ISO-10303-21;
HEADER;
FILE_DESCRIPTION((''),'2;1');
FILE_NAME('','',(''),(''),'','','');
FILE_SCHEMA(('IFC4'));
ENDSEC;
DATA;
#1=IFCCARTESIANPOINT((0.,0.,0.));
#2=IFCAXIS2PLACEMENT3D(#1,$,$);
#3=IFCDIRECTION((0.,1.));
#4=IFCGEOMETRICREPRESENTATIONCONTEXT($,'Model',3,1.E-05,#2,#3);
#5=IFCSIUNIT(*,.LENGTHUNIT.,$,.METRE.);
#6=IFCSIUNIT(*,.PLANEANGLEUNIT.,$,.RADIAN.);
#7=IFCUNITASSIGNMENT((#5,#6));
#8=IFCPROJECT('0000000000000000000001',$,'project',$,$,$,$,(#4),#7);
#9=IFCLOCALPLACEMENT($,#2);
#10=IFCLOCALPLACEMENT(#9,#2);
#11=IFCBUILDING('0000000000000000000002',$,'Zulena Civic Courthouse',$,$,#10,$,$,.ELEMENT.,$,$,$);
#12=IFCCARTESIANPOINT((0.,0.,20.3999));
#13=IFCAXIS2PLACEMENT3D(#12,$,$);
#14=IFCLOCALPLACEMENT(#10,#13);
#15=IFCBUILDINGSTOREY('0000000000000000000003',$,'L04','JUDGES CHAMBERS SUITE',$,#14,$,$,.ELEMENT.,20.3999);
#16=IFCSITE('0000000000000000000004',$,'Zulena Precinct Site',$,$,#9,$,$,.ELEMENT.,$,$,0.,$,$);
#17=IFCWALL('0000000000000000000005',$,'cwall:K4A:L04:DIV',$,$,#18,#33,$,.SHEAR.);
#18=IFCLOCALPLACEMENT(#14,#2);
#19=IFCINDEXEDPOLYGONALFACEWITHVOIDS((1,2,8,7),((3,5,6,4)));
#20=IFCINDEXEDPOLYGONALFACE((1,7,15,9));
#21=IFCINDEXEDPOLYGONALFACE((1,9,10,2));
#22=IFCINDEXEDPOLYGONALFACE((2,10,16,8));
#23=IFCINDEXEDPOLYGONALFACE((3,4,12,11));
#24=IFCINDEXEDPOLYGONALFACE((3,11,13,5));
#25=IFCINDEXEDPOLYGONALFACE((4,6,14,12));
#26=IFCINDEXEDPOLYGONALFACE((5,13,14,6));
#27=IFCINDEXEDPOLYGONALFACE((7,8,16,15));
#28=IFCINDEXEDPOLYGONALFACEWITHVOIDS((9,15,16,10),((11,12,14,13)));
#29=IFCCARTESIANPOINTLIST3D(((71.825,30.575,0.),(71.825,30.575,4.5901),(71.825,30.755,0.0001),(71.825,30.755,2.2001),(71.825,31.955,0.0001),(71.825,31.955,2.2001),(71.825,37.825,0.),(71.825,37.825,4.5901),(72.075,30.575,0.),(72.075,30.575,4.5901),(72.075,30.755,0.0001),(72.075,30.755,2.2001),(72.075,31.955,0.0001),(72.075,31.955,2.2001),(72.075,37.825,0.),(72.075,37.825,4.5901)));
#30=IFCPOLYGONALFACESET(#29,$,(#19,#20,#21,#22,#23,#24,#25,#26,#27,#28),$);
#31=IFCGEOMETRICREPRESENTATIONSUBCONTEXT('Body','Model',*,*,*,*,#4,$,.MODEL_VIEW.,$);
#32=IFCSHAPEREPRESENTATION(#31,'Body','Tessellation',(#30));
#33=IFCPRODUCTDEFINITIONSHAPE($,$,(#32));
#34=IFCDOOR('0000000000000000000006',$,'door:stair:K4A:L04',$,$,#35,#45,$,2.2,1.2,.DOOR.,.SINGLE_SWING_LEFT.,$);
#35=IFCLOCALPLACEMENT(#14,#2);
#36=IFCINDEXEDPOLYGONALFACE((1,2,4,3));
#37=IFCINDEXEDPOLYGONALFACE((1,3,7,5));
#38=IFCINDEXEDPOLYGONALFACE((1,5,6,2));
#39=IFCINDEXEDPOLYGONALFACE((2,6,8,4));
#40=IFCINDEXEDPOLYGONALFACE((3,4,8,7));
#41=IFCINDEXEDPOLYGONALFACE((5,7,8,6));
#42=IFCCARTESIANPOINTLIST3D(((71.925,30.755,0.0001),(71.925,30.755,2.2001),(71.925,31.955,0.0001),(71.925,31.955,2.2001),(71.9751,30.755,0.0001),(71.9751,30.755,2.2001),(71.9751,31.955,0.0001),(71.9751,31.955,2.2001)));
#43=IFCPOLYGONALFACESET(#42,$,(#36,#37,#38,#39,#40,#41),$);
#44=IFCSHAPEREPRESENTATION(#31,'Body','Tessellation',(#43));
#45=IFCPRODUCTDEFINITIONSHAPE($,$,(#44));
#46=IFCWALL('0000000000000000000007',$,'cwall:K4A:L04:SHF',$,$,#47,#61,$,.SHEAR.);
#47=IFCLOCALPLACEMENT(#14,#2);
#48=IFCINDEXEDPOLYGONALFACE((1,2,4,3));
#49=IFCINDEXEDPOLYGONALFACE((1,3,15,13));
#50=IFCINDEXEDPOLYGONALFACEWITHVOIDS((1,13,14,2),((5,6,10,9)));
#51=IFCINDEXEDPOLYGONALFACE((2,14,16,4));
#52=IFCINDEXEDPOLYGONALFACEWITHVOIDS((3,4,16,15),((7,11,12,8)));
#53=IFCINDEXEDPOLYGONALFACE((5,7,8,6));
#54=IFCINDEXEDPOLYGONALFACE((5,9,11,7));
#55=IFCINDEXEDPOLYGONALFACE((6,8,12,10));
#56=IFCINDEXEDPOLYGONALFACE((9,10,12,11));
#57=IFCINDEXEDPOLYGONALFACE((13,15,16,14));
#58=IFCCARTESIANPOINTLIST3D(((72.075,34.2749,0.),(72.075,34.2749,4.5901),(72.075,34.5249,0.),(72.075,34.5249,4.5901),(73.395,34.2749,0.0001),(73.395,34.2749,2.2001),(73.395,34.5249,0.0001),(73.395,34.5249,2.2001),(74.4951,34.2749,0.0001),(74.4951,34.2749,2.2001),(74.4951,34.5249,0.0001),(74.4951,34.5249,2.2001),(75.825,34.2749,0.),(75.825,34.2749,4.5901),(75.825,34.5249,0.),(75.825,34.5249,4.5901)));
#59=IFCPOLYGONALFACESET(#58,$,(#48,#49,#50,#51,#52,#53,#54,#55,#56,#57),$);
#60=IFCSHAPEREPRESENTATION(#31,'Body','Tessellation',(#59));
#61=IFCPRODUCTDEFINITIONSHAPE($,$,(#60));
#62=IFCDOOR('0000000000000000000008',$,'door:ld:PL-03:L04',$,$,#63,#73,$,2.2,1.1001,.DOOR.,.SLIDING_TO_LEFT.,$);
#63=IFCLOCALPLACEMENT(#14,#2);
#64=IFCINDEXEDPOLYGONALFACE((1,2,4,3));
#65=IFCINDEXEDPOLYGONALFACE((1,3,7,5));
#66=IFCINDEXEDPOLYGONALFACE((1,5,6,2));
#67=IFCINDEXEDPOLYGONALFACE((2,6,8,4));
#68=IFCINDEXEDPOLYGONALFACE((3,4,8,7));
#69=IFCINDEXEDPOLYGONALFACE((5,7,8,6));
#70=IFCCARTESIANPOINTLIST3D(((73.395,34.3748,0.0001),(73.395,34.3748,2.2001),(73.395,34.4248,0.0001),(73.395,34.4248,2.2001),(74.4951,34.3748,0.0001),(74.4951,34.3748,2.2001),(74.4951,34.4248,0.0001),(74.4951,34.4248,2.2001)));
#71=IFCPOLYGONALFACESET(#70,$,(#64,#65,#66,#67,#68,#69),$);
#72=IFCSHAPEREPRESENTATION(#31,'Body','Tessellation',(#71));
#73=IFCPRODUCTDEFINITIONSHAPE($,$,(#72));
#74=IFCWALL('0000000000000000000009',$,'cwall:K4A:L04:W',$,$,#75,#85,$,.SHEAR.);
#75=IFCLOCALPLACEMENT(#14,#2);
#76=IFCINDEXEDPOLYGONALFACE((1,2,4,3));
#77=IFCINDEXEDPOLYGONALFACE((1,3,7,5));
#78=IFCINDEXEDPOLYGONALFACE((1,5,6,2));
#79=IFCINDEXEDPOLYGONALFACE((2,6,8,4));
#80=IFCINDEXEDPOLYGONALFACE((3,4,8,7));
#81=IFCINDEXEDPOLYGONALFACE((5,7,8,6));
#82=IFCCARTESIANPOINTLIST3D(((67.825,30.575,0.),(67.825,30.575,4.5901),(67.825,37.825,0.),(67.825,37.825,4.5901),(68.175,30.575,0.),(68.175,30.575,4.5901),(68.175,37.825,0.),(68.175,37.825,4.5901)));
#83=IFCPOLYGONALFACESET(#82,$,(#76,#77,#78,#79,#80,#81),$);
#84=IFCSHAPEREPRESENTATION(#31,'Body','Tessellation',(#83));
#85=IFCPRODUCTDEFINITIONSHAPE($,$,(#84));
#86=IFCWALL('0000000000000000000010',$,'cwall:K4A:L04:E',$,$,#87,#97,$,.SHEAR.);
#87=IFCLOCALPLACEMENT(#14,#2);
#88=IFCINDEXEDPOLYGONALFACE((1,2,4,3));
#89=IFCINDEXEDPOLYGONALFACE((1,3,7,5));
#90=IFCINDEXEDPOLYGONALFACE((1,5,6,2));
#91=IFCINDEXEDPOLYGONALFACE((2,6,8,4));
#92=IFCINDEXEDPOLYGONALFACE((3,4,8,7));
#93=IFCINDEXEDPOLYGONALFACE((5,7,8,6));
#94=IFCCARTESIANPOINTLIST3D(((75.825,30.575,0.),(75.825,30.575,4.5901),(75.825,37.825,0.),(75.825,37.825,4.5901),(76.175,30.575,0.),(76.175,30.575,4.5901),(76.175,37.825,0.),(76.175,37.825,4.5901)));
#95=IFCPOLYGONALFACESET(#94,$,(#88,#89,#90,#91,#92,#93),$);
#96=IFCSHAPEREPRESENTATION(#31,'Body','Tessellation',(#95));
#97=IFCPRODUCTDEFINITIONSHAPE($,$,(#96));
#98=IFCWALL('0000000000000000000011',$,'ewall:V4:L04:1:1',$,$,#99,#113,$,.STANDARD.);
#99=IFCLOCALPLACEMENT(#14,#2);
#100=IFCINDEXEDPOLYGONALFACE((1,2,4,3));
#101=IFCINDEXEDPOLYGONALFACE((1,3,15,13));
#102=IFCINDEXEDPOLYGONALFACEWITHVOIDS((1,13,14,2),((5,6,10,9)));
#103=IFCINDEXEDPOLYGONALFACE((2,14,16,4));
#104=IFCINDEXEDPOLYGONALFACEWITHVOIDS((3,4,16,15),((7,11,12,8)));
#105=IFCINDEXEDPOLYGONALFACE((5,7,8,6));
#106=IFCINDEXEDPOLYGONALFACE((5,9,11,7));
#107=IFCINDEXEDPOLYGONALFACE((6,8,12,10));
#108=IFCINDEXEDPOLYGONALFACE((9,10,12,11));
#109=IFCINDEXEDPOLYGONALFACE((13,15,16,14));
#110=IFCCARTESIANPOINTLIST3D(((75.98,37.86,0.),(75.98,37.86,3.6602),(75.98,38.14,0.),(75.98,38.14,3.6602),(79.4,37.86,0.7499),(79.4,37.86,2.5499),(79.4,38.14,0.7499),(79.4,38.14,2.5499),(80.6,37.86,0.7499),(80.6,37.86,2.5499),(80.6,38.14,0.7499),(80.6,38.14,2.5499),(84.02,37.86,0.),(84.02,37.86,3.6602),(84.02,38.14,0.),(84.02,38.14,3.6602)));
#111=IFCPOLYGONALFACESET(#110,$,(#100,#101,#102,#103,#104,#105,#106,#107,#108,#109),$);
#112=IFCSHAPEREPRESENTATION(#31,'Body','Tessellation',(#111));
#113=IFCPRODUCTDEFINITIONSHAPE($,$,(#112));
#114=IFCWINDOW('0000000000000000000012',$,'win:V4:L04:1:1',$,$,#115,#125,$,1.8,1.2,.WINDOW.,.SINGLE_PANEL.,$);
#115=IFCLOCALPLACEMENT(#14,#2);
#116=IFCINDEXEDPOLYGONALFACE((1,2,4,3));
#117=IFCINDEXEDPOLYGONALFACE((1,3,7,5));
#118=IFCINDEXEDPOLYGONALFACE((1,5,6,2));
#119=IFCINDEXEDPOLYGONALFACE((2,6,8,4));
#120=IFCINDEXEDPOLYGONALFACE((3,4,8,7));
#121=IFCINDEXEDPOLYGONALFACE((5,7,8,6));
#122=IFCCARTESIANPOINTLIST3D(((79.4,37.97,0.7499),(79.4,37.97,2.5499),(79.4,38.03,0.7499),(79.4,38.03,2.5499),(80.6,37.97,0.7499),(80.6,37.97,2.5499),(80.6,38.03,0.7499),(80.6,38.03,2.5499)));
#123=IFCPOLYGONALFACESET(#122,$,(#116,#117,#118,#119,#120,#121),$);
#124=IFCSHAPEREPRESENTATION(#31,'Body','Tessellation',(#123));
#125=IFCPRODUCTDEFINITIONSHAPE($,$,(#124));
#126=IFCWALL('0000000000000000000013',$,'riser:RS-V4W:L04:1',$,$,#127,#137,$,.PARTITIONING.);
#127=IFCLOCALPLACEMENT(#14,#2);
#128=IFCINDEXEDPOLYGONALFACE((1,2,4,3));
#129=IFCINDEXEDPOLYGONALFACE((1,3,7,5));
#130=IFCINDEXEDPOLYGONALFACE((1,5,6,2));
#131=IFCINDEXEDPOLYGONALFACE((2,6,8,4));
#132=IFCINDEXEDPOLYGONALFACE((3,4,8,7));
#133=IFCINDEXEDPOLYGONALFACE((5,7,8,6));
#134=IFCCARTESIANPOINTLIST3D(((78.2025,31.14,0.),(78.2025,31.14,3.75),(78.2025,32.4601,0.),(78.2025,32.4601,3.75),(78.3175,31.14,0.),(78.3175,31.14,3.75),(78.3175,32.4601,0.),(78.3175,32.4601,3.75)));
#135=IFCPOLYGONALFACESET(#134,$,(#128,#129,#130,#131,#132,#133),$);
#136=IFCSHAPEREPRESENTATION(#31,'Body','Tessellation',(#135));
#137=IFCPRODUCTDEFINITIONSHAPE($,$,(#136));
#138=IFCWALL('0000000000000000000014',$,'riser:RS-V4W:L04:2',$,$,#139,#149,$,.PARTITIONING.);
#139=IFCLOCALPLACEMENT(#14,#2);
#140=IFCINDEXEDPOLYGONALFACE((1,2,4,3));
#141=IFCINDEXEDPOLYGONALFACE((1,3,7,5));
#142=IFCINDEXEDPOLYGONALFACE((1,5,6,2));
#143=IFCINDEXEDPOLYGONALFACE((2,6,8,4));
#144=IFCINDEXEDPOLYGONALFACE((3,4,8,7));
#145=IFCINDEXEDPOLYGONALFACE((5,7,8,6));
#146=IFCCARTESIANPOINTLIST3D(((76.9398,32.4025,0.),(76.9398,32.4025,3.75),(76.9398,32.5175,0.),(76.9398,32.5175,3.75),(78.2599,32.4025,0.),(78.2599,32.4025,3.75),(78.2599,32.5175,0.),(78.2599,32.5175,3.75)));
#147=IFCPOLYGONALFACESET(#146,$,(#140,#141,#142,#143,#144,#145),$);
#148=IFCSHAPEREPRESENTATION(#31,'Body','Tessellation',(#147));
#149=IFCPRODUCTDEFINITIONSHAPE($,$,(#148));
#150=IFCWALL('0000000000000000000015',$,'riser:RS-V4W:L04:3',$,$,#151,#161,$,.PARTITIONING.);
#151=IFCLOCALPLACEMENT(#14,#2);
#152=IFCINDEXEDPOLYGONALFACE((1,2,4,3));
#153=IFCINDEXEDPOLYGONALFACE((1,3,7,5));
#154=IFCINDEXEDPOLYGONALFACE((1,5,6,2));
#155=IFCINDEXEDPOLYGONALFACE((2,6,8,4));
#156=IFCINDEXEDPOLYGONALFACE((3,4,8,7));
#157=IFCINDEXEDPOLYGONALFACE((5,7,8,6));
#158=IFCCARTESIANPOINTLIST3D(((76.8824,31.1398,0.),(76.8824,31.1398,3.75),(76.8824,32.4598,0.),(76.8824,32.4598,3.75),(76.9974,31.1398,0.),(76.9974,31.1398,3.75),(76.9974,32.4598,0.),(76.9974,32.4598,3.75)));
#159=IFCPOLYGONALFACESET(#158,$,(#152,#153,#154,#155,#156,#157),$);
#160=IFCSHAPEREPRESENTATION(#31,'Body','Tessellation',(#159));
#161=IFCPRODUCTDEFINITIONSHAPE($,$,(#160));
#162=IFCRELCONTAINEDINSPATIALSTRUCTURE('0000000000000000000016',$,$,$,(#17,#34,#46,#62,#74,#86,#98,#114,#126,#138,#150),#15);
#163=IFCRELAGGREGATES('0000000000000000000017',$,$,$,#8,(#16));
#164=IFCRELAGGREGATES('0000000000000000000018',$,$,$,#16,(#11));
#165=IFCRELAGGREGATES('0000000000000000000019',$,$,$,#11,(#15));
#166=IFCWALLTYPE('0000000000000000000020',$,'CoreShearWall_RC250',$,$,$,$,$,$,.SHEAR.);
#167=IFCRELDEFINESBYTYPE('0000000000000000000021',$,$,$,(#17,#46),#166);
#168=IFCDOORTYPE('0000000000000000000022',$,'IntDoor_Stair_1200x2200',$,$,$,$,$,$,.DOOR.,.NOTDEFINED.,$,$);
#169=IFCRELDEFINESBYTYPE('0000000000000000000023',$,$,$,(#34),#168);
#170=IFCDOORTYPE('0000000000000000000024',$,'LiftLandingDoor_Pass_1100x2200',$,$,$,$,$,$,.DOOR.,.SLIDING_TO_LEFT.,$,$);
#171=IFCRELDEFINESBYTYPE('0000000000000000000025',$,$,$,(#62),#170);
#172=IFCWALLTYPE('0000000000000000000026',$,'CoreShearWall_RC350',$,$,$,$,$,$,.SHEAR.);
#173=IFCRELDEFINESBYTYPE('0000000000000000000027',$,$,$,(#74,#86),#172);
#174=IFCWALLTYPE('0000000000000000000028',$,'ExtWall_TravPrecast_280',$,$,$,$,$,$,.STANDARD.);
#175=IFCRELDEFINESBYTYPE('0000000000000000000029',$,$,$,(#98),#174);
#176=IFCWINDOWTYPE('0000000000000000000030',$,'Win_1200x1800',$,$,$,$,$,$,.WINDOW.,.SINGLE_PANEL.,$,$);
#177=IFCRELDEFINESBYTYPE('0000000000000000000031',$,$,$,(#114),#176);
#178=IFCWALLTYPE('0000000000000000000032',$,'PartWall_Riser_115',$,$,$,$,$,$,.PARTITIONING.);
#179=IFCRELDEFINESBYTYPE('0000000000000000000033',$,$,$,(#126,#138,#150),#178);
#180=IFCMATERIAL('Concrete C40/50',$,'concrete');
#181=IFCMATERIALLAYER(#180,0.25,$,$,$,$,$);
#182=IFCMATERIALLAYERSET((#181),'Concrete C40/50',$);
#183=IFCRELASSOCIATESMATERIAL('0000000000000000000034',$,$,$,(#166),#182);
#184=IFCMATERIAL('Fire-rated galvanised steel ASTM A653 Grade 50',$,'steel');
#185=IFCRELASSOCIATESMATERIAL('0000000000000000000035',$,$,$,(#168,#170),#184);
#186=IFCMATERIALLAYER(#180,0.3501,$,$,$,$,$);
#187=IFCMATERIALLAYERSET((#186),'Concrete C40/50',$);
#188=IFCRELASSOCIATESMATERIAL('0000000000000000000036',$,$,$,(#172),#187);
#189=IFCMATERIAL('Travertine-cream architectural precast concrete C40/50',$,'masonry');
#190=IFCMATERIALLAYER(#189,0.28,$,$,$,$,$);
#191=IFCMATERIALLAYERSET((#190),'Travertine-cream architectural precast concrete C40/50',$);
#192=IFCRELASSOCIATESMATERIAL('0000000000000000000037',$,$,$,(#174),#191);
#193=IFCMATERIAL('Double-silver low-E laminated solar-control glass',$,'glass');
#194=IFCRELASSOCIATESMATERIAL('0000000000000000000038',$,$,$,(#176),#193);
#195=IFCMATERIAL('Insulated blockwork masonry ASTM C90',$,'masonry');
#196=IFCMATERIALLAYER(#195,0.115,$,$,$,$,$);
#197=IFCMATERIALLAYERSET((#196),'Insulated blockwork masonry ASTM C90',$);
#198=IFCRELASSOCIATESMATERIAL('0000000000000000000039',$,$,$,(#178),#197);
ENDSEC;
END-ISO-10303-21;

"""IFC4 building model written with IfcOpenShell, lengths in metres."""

from ifc_helpers import new_model, si_unit, direction, frame, frame_2d, origin, place, context, subcontext, project, spatial, rectangle, extrude, material, layer, layer_set, type_object, element, fill, save


model = new_model("IFC4")

# Units and contexts
model_context = context("Model", 3, precision=1e-05, world=origin(), true_north=direction((0.0, 1.0)))
body_context = subcontext(model_context, "Body", "Model", "MODEL_VIEW")
ifc_project = project(units=[si_unit("LENGTHUNIT", "METRE"), si_unit("PLANEANGLEUNIT", "RADIAN")], contexts=[model_context])

# Site, building, storey
site_placement = place(None, origin())
site = spatial("IfcSite", under=ifc_project, at=site_placement, Name="Zulena Precinct Site", CompositionType="ELEMENT", RefElevation=0.0)
building_placement = place(site_placement, origin())
building = spatial("IfcBuilding", under=site, at=building_placement, Name="Zulena Civic Courthouse", CompositionType="ELEMENT")
storey_placement = place(building_placement, frame((0.0, 0.0, 20.3999)))
storey = spatial("IfcBuildingStorey", under=building, at=storey_placement, Name="L04", Description="JUDGES CHAMBERS SUITE", CompositionType="ELEMENT", Elevation=20.3999)

# Shared definitions
ifc_material_1 = material(Name="Double-silver low-E laminated solar-control glass", Category="glass")

# Walls, openings, doors
ifc_material_2 = material(Name="Concrete C40/50", Category="concrete")
ifc_layer_1 = layer(ifc_material_2, 0.25)
ifc_layer_set_1 = layer_set([ifc_layer_1], Name="Concrete C40/50")
wall_type_1 = type_object("IfcWallType", Name="CoreShearWall_RC250", PredefinedType="SHEAR", material=ifc_layer_set_1)
wall_1_placement = place(storey_placement, frame((71.95, 30.575, 0.0), z_axis=(0.0, 0.0, 1.0), x_axis=(0.0, 1.0, 0.0)))
wall_1 = element("IfcWall", 1, at=wall_1_placement, inside=storey, type_object=wall_type_1, Name="cwall:K4A:L04:DIV", PredefinedType="SHEAR", context=body_context, shape_type="SweptSolid", body=[
    extrude(rectangle(XDim=7.25, YDim=0.25, at=frame_2d((3.625, 0.0))), origin(), (0.0, 0.0, 1.0), 4.5901),
])
opening_1_placement = place(wall_1_placement, frame((0.1799, 0.0, 0.0)))
opening_1 = element("IfcOpeningElement", 2, at=opening_1_placement, cuts=wall_1, PredefinedType="OPENING", context=body_context, shape_type="SweptSolid", body=[
    extrude(rectangle(XDim=1.2, YDim=2.2, at=frame_2d((0.6001, 1.1001))), frame((0.0, 0.135, 0.0), z_axis=(0.0, -1.0, 0.0), x_axis=(1.0, 0.0, 0.0)), (0.0, 0.0, 1.0), 0.27),
])
ifc_material_3 = material(Name="Fire-rated galvanised steel ASTM A653 Grade 50", Category="steel")
door_type_1 = type_object("IfcDoorType", Name="IntDoor_Stair_1200x2200", OperationType="NOTDEFINED", PredefinedType="DOOR", material=ifc_material_3)
door_1_placement = place(opening_1_placement, origin())
door_1 = element("IfcDoor", 3, at=door_1_placement, inside=storey, type_object=door_type_1, Name="door:stair:K4A:L04", OperationType="SINGLE_SWING_LEFT", OverallHeight=2.2, OverallWidth=1.2, PredefinedType="DOOR", context=body_context, shape_type="SweptSolid", body=[
    extrude(rectangle(XDim=1.2, YDim=2.2, at=frame_2d((0.6001, 1.1001))), frame((0.0, 0.0249, 0.0), z_axis=(0.0, -1.0, 0.0), x_axis=(1.0, 0.0, 0.0)), (0.0, 0.0, 1.0), 0.05),
])
fill(opening_1, door_1)
wall_2_placement = place(storey_placement, frame((72.075, 34.3999, 0.0), z_axis=(0.0, 0.0, 1.0), x_axis=(1.0, 0.0, 0.0)))
wall_2 = element("IfcWall", 4, at=wall_2_placement, inside=storey, type_object=wall_type_1, Name="cwall:K4A:L04:SHF", PredefinedType="SHEAR", context=body_context, shape_type="SweptSolid", body=[
    extrude(rectangle(XDim=3.75, YDim=0.25, at=frame_2d((1.875, 0.0))), origin(), (0.0, 0.0, 1.0), 4.5901),
])
opening_2_placement = place(wall_2_placement, frame((1.3201, 0.0, 0.0)))
opening_2 = element("IfcOpeningElement", 5, at=opening_2_placement, cuts=wall_2, PredefinedType="OPENING", context=body_context, shape_type="SweptSolid", body=[
    extrude(rectangle(XDim=1.1001, YDim=2.2, at=frame_2d((0.55, 1.1001))), frame((0.0, 0.135, 0.0), z_axis=(0.0, -1.0, 0.0), x_axis=(1.0, 0.0, 0.0)), (0.0, 0.0, 1.0), 0.27),
])
door_type_2 = type_object("IfcDoorType", Name="LiftLandingDoor_Pass_1100x2200", OperationType="SLIDING_TO_LEFT", PredefinedType="DOOR", material=ifc_material_3)
door_2_placement = place(opening_2_placement, origin())
door_2 = element("IfcDoor", 6, at=door_2_placement, inside=storey, type_object=door_type_2, Name="door:ld:PL-03:L04", OperationType="SLIDING_TO_LEFT", OverallHeight=2.2, OverallWidth=1.1001, PredefinedType="DOOR", context=body_context, shape_type="SweptSolid", body=[
    extrude(rectangle(XDim=1.1001, YDim=2.2, at=frame_2d((0.55, 1.1001))), frame((0.0, 0.0249, 0.0), z_axis=(0.0, -1.0, 0.0), x_axis=(1.0, 0.0, 0.0)), (0.0, 0.0, 1.0), 0.05),
])
fill(opening_2, door_2)

# Walls
ifc_layer_2 = layer(ifc_material_2, 0.3501)
ifc_layer_set_2 = layer_set([ifc_layer_2], Name="Concrete C40/50")
wall_type_2 = type_object("IfcWallType", Name="CoreShearWall_RC350", PredefinedType="SHEAR", material=ifc_layer_set_2)
for number, where, z_axis, x_axis, name in (
    (7, (68.0, 30.575, 0.0), (0.0, 0.0, 1.0), (0.0, 1.0, 0.0), "cwall:K4A:L04:W"),
    (8, (76.0, 30.575, 0.0), (0.0, 0.0, 1.0), (0.0, 1.0, 0.0), "cwall:K4A:L04:E"),
):
    element("IfcWall", number, at=place(storey_placement, frame(where, z_axis=z_axis, x_axis=x_axis)), inside=storey, type_object=wall_type_2, Name=name, PredefinedType="SHEAR", context=body_context, shape_type="SweptSolid", body=[
        extrude(rectangle(XDim=7.25, YDim=0.3501, at=frame_2d((3.625, 0.0))), origin(), (0.0, 0.0, 1.0), 4.5901),
    ])

# Wall, opening, window
ifc_material_4 = material(Name="Travertine-cream architectural precast concrete C40/50", Category="masonry")
ifc_layer_3 = layer(ifc_material_4, 0.28)
ifc_layer_set_3 = layer_set([ifc_layer_3], Name="Travertine-cream architectural precast concrete C40/50")
wall_type_3 = type_object("IfcWallType", Name="ExtWall_TravPrecast_280", PredefinedType="STANDARD", material=ifc_layer_set_3)
wall_3_placement = place(storey_placement, frame((75.98, 38.0, 0.0), z_axis=(0.0, 0.0, 1.0), x_axis=(1.0, 0.0, 0.0)))
wall_3 = element("IfcWall", 9, at=wall_3_placement, inside=storey, type_object=wall_type_3, Name="ewall:V4:L04:1:1", PredefinedType="STANDARD", context=body_context, shape_type="SweptSolid", body=[
    extrude(rectangle(XDim=8.04, YDim=0.28, at=frame_2d((4.02, 0.0))), origin(), (0.0, 0.0, 1.0), 3.6602),
])
opening_3_placement = place(wall_3_placement, frame((3.4199, 0.0, 0.75)))
opening_3 = element("IfcOpeningElement", 10, at=opening_3_placement, cuts=wall_3, PredefinedType="OPENING", context=body_context, shape_type="SweptSolid", body=[
    extrude(rectangle(XDim=1.2, YDim=1.8, at=frame_2d((0.6001, 0.8999))), frame((0.0, 0.1499, 0.0), z_axis=(0.0, -1.0, 0.0), x_axis=(1.0, 0.0, 0.0)), (0.0, 0.0, 1.0), 0.3),
])
window_type = type_object("IfcWindowType", Name="Win_1200x1800", PartitioningType="SINGLE_PANEL", PredefinedType="WINDOW", material=ifc_material_1)
window_placement = place(opening_3_placement, origin())
window = element("IfcWindow", 11, at=window_placement, inside=storey, type_object=window_type, Name="win:V4:L04:1:1", OverallHeight=1.8, OverallWidth=1.2, PartitioningType="SINGLE_PANEL", PredefinedType="WINDOW", context=body_context, shape_type="SweptSolid", body=[
    extrude(rectangle(XDim=1.2, YDim=1.8, at=frame_2d((0.6001, 0.8999))), frame((0.0, 0.03, 0.0), z_axis=(0.0, -1.0, 0.0), x_axis=(1.0, 0.0, 0.0)), (0.0, 0.0, 1.0), 0.0601),
])
fill(opening_3, window)

# Walls
ifc_material_5 = material(Name="Insulated blockwork masonry ASTM C90", Category="masonry")
ifc_layer_4 = layer(ifc_material_5, 0.115)
ifc_layer_set_4 = layer_set([ifc_layer_4], Name="Insulated blockwork masonry ASTM C90")
wall_type_4 = type_object("IfcWallType", Name="PartWall_Riser_115", PredefinedType="PARTITIONING", material=ifc_layer_set_4)
for number, where, z_axis, x_axis, name in (
    (12, (78.26, 31.1399, 0.0), (0.0, 0.0, 1.0), (0.0, 1.0, 0.0), "riser:RS-V4W:L04:1"),
    (13, (78.26, 32.46, 0.0), (0.0, 0.0, 1.0), (-1.0, 0.0, 0.0), "riser:RS-V4W:L04:2"),
    (14, (76.9399, 32.46, 0.0), (0.0, 0.0, 1.0), (0.0, -1.0, 0.0), "riser:RS-V4W:L04:3"),
):
    element("IfcWall", number, at=place(storey_placement, frame(where, z_axis=z_axis, x_axis=x_axis)), inside=storey, type_object=wall_type_4, Name=name, PredefinedType="PARTITIONING", context=body_context, shape_type="SweptSolid", body=[
        extrude(rectangle(XDim=1.3201, YDim=0.115, at=frame_2d((0.6602, 0.0))), origin(), (0.0, 0.0, 1.0), 3.75),
    ])

save(model, "model.ifc")
